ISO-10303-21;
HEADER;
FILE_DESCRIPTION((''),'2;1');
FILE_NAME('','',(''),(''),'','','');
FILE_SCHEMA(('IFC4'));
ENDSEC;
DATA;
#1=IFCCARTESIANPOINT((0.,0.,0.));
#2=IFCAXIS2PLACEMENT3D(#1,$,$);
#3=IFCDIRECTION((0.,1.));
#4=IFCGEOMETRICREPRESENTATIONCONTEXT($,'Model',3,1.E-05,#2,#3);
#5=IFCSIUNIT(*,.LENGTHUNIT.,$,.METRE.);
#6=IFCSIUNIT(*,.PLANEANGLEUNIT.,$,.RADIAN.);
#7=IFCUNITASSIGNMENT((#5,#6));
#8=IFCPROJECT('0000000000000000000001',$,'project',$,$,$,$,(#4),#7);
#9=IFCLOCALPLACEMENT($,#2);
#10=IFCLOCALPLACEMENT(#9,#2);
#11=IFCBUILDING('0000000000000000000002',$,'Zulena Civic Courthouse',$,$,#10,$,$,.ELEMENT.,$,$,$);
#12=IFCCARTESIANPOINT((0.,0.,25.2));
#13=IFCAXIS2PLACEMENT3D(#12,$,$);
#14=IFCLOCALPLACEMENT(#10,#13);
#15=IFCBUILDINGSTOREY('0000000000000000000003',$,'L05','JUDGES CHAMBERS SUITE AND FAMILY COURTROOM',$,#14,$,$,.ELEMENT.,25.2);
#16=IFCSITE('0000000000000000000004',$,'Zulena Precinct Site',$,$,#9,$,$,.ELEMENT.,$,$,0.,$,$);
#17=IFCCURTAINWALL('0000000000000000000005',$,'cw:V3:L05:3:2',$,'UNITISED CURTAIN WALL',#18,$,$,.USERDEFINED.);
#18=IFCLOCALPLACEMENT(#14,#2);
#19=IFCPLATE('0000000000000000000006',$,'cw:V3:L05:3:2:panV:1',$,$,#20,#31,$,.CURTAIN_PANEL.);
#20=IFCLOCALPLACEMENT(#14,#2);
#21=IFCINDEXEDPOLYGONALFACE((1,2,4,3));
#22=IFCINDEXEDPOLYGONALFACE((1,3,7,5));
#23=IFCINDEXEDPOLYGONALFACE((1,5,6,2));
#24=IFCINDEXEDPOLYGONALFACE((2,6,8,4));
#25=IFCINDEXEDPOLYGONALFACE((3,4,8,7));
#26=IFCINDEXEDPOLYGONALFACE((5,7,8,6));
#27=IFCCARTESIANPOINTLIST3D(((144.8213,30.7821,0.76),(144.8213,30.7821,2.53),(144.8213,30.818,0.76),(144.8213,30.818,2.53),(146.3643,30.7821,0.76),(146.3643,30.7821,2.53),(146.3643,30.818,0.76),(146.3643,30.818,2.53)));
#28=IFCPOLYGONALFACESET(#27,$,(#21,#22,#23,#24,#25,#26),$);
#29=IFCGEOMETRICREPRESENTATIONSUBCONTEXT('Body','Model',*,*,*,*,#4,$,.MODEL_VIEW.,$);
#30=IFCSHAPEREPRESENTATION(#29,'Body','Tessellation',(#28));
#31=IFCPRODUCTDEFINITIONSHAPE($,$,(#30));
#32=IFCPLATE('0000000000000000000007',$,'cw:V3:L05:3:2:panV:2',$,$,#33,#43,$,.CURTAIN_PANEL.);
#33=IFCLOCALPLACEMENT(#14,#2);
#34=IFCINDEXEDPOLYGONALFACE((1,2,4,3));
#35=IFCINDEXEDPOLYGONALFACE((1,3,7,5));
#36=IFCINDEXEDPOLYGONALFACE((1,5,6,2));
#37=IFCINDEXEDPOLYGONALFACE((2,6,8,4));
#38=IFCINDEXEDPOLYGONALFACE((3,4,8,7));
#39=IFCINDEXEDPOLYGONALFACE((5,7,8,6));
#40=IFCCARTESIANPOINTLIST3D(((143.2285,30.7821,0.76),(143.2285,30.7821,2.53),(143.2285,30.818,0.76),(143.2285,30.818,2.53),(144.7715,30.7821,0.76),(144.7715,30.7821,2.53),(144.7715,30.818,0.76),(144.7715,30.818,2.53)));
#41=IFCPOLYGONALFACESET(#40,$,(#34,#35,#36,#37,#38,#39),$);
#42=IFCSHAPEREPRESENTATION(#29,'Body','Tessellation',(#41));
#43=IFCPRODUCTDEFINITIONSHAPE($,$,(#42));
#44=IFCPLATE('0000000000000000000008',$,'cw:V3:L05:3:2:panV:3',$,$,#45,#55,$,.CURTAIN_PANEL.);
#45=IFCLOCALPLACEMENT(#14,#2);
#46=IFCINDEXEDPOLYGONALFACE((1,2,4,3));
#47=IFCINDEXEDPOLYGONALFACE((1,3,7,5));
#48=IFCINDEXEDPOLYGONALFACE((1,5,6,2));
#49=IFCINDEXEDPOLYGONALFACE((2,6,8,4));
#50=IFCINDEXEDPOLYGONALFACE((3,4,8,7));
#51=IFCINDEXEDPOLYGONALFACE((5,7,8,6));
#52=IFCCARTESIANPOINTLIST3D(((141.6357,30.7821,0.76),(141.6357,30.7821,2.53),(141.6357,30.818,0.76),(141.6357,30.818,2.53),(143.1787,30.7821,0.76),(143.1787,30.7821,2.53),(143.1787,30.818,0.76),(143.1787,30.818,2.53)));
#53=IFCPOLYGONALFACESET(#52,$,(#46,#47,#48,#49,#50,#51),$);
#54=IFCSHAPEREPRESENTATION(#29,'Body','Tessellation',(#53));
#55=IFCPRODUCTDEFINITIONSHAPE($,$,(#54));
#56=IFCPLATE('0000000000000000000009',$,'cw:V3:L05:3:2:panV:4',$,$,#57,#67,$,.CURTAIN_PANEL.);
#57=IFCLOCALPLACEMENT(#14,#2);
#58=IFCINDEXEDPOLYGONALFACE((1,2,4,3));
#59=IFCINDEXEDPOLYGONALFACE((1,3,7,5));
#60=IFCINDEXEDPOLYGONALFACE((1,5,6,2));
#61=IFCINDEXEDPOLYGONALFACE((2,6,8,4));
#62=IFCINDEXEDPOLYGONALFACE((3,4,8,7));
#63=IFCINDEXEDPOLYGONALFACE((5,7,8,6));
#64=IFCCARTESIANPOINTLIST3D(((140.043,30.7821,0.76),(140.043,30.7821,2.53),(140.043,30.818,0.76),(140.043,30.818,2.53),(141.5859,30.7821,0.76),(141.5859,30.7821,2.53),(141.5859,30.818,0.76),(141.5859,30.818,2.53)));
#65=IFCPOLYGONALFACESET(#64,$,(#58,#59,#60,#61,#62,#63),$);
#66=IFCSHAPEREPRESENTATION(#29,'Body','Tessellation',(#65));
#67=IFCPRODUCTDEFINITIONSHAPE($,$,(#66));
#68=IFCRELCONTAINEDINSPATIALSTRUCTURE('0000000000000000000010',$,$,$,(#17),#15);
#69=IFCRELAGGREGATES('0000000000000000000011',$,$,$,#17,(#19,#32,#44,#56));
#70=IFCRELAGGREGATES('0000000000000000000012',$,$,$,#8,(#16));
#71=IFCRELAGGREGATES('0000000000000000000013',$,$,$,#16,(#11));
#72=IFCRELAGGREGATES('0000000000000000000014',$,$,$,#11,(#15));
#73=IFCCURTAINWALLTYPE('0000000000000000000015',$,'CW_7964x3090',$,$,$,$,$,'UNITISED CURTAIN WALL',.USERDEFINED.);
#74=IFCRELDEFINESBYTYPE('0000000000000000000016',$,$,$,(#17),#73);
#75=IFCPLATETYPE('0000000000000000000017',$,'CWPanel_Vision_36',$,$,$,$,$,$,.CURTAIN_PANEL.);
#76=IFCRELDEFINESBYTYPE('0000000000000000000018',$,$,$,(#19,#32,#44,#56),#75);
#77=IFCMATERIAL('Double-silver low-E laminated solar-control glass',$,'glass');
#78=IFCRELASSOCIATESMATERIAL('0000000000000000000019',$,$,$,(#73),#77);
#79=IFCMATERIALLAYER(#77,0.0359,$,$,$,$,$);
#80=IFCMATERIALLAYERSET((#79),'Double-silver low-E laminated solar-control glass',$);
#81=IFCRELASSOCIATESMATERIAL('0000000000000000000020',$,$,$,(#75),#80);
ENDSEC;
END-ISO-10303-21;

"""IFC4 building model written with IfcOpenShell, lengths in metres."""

from ifc_helpers import new_model, si_unit, direction, frame, origin, origin_2d, place, context, subcontext, project, spatial, rectangle, extrude, material, layer, layer_set, type_object, element, aggregate, save


model = new_model("IFC4")

# Units and contexts
model_context = context("Model", 3, precision=1e-05, world=origin(), true_north=direction((0.0, 1.0)))
body_context = subcontext(model_context, "Body", "Model", "MODEL_VIEW")
ifc_project = project(units=[si_unit("LENGTHUNIT", "METRE"), si_unit("PLANEANGLEUNIT", "RADIAN")], contexts=[model_context])

# Site, building, storey
site_placement = place(None, origin())
site = spatial("IfcSite", under=ifc_project, at=site_placement, Name="Zulena Precinct Site", CompositionType="ELEMENT", RefElevation=0.0)
building_placement = place(site_placement, origin())
building = spatial("IfcBuilding", under=site, at=building_placement, Name="Zulena Civic Courthouse", CompositionType="ELEMENT")
storey_placement = place(building_placement, frame((0.0, 0.0, 25.2)))
storey = spatial("IfcBuildingStorey", under=building, at=storey_placement, Name="L05", Description="JUDGES CHAMBERS SUITE AND FAMILY COURTROOM", CompositionType="ELEMENT", Elevation=25.2)

# Curtain wall
ifc_material_1 = material(Name="Double-silver low-E laminated solar-control glass", Category="glass")
curtain_wall_type = type_object("IfcCurtainWallType", Name="CW_7964x3090", ElementType="UNITISED CURTAIN WALL", PredefinedType="USERDEFINED", material=ifc_material_1)
curtain_wall_1_placement = place(storey_placement, origin())
curtain_wall_1 = element("IfcCurtainWall", 1, at=curtain_wall_1_placement, inside=storey, type_object=curtain_wall_type, Name="cw:V3:L05:3:2", ObjectType="UNITISED CURTAIN WALL", PredefinedType="USERDEFINED")

# Plates
ifc_layer_1 = layer(ifc_material_1, 0.0359)
ifc_layer_set_1 = layer_set([ifc_layer_1], Name="Double-silver low-E laminated solar-control glass")
plate_type_1 = type_object("IfcPlateType", Name="CWPanel_Vision_36", PredefinedType="CURTAIN_PANEL", material=ifc_layer_set_1)
plate_1_placement = place(storey_placement, frame((145.5928, 30.8, 0.76), z_axis=(0.0, 0.0, 1.0), x_axis=(-1.0, 0.0, 0.0)))
plate_1 = element("IfcPlate", 2, at=plate_1_placement, type_object=plate_type_1, Name="cw:V3:L05:3:2:panV:1", PredefinedType="CURTAIN_PANEL", context=body_context, shape_type="SweptSolid", body=[
    extrude(rectangle(XDim=1.543, YDim=0.0359, at=origin_2d()), origin(), (0.0, 0.0, 1.0), 1.77),
])
plate_2_placement = place(storey_placement, frame((144.0, 30.8, 0.76), z_axis=(0.0, 0.0, 1.0), x_axis=(-1.0, 0.0, 0.0)))
plate_2 = element("IfcPlate", 3, at=plate_2_placement, type_object=plate_type_1, Name="cw:V3:L05:3:2:panV:2", PredefinedType="CURTAIN_PANEL", context=body_context, shape_type="SweptSolid", body=[
    extrude(rectangle(XDim=1.543, YDim=0.0359, at=origin_2d()), origin(), (0.0, 0.0, 1.0), 1.77),
])
plate_3_placement = place(storey_placement, frame((142.4072, 30.8, 0.76), z_axis=(0.0, 0.0, 1.0), x_axis=(-1.0, 0.0, 0.0)))
plate_3 = element("IfcPlate", 4, at=plate_3_placement, type_object=plate_type_1, Name="cw:V3:L05:3:2:panV:3", PredefinedType="CURTAIN_PANEL", context=body_context, shape_type="SweptSolid", body=[
    extrude(rectangle(XDim=1.543, YDim=0.0359, at=origin_2d()), origin(), (0.0, 0.0, 1.0), 1.77),
])
plate_4_placement = place(storey_placement, frame((140.8145, 30.8, 0.76), z_axis=(0.0, 0.0, 1.0), x_axis=(-1.0, 0.0, 0.0)))
plate_4 = element("IfcPlate", 5, at=plate_4_placement, type_object=plate_type_1, Name="cw:V3:L05:3:2:panV:4", PredefinedType="CURTAIN_PANEL", context=body_context, shape_type="SweptSolid", body=[
    extrude(rectangle(XDim=1.543, YDim=0.0359, at=origin_2d()), origin(), (0.0, 0.0, 1.0), 1.77),
])
aggregate(curtain_wall_1, [plate_1, plate_2, plate_3, plate_4])

save(model, "model.ifc")
